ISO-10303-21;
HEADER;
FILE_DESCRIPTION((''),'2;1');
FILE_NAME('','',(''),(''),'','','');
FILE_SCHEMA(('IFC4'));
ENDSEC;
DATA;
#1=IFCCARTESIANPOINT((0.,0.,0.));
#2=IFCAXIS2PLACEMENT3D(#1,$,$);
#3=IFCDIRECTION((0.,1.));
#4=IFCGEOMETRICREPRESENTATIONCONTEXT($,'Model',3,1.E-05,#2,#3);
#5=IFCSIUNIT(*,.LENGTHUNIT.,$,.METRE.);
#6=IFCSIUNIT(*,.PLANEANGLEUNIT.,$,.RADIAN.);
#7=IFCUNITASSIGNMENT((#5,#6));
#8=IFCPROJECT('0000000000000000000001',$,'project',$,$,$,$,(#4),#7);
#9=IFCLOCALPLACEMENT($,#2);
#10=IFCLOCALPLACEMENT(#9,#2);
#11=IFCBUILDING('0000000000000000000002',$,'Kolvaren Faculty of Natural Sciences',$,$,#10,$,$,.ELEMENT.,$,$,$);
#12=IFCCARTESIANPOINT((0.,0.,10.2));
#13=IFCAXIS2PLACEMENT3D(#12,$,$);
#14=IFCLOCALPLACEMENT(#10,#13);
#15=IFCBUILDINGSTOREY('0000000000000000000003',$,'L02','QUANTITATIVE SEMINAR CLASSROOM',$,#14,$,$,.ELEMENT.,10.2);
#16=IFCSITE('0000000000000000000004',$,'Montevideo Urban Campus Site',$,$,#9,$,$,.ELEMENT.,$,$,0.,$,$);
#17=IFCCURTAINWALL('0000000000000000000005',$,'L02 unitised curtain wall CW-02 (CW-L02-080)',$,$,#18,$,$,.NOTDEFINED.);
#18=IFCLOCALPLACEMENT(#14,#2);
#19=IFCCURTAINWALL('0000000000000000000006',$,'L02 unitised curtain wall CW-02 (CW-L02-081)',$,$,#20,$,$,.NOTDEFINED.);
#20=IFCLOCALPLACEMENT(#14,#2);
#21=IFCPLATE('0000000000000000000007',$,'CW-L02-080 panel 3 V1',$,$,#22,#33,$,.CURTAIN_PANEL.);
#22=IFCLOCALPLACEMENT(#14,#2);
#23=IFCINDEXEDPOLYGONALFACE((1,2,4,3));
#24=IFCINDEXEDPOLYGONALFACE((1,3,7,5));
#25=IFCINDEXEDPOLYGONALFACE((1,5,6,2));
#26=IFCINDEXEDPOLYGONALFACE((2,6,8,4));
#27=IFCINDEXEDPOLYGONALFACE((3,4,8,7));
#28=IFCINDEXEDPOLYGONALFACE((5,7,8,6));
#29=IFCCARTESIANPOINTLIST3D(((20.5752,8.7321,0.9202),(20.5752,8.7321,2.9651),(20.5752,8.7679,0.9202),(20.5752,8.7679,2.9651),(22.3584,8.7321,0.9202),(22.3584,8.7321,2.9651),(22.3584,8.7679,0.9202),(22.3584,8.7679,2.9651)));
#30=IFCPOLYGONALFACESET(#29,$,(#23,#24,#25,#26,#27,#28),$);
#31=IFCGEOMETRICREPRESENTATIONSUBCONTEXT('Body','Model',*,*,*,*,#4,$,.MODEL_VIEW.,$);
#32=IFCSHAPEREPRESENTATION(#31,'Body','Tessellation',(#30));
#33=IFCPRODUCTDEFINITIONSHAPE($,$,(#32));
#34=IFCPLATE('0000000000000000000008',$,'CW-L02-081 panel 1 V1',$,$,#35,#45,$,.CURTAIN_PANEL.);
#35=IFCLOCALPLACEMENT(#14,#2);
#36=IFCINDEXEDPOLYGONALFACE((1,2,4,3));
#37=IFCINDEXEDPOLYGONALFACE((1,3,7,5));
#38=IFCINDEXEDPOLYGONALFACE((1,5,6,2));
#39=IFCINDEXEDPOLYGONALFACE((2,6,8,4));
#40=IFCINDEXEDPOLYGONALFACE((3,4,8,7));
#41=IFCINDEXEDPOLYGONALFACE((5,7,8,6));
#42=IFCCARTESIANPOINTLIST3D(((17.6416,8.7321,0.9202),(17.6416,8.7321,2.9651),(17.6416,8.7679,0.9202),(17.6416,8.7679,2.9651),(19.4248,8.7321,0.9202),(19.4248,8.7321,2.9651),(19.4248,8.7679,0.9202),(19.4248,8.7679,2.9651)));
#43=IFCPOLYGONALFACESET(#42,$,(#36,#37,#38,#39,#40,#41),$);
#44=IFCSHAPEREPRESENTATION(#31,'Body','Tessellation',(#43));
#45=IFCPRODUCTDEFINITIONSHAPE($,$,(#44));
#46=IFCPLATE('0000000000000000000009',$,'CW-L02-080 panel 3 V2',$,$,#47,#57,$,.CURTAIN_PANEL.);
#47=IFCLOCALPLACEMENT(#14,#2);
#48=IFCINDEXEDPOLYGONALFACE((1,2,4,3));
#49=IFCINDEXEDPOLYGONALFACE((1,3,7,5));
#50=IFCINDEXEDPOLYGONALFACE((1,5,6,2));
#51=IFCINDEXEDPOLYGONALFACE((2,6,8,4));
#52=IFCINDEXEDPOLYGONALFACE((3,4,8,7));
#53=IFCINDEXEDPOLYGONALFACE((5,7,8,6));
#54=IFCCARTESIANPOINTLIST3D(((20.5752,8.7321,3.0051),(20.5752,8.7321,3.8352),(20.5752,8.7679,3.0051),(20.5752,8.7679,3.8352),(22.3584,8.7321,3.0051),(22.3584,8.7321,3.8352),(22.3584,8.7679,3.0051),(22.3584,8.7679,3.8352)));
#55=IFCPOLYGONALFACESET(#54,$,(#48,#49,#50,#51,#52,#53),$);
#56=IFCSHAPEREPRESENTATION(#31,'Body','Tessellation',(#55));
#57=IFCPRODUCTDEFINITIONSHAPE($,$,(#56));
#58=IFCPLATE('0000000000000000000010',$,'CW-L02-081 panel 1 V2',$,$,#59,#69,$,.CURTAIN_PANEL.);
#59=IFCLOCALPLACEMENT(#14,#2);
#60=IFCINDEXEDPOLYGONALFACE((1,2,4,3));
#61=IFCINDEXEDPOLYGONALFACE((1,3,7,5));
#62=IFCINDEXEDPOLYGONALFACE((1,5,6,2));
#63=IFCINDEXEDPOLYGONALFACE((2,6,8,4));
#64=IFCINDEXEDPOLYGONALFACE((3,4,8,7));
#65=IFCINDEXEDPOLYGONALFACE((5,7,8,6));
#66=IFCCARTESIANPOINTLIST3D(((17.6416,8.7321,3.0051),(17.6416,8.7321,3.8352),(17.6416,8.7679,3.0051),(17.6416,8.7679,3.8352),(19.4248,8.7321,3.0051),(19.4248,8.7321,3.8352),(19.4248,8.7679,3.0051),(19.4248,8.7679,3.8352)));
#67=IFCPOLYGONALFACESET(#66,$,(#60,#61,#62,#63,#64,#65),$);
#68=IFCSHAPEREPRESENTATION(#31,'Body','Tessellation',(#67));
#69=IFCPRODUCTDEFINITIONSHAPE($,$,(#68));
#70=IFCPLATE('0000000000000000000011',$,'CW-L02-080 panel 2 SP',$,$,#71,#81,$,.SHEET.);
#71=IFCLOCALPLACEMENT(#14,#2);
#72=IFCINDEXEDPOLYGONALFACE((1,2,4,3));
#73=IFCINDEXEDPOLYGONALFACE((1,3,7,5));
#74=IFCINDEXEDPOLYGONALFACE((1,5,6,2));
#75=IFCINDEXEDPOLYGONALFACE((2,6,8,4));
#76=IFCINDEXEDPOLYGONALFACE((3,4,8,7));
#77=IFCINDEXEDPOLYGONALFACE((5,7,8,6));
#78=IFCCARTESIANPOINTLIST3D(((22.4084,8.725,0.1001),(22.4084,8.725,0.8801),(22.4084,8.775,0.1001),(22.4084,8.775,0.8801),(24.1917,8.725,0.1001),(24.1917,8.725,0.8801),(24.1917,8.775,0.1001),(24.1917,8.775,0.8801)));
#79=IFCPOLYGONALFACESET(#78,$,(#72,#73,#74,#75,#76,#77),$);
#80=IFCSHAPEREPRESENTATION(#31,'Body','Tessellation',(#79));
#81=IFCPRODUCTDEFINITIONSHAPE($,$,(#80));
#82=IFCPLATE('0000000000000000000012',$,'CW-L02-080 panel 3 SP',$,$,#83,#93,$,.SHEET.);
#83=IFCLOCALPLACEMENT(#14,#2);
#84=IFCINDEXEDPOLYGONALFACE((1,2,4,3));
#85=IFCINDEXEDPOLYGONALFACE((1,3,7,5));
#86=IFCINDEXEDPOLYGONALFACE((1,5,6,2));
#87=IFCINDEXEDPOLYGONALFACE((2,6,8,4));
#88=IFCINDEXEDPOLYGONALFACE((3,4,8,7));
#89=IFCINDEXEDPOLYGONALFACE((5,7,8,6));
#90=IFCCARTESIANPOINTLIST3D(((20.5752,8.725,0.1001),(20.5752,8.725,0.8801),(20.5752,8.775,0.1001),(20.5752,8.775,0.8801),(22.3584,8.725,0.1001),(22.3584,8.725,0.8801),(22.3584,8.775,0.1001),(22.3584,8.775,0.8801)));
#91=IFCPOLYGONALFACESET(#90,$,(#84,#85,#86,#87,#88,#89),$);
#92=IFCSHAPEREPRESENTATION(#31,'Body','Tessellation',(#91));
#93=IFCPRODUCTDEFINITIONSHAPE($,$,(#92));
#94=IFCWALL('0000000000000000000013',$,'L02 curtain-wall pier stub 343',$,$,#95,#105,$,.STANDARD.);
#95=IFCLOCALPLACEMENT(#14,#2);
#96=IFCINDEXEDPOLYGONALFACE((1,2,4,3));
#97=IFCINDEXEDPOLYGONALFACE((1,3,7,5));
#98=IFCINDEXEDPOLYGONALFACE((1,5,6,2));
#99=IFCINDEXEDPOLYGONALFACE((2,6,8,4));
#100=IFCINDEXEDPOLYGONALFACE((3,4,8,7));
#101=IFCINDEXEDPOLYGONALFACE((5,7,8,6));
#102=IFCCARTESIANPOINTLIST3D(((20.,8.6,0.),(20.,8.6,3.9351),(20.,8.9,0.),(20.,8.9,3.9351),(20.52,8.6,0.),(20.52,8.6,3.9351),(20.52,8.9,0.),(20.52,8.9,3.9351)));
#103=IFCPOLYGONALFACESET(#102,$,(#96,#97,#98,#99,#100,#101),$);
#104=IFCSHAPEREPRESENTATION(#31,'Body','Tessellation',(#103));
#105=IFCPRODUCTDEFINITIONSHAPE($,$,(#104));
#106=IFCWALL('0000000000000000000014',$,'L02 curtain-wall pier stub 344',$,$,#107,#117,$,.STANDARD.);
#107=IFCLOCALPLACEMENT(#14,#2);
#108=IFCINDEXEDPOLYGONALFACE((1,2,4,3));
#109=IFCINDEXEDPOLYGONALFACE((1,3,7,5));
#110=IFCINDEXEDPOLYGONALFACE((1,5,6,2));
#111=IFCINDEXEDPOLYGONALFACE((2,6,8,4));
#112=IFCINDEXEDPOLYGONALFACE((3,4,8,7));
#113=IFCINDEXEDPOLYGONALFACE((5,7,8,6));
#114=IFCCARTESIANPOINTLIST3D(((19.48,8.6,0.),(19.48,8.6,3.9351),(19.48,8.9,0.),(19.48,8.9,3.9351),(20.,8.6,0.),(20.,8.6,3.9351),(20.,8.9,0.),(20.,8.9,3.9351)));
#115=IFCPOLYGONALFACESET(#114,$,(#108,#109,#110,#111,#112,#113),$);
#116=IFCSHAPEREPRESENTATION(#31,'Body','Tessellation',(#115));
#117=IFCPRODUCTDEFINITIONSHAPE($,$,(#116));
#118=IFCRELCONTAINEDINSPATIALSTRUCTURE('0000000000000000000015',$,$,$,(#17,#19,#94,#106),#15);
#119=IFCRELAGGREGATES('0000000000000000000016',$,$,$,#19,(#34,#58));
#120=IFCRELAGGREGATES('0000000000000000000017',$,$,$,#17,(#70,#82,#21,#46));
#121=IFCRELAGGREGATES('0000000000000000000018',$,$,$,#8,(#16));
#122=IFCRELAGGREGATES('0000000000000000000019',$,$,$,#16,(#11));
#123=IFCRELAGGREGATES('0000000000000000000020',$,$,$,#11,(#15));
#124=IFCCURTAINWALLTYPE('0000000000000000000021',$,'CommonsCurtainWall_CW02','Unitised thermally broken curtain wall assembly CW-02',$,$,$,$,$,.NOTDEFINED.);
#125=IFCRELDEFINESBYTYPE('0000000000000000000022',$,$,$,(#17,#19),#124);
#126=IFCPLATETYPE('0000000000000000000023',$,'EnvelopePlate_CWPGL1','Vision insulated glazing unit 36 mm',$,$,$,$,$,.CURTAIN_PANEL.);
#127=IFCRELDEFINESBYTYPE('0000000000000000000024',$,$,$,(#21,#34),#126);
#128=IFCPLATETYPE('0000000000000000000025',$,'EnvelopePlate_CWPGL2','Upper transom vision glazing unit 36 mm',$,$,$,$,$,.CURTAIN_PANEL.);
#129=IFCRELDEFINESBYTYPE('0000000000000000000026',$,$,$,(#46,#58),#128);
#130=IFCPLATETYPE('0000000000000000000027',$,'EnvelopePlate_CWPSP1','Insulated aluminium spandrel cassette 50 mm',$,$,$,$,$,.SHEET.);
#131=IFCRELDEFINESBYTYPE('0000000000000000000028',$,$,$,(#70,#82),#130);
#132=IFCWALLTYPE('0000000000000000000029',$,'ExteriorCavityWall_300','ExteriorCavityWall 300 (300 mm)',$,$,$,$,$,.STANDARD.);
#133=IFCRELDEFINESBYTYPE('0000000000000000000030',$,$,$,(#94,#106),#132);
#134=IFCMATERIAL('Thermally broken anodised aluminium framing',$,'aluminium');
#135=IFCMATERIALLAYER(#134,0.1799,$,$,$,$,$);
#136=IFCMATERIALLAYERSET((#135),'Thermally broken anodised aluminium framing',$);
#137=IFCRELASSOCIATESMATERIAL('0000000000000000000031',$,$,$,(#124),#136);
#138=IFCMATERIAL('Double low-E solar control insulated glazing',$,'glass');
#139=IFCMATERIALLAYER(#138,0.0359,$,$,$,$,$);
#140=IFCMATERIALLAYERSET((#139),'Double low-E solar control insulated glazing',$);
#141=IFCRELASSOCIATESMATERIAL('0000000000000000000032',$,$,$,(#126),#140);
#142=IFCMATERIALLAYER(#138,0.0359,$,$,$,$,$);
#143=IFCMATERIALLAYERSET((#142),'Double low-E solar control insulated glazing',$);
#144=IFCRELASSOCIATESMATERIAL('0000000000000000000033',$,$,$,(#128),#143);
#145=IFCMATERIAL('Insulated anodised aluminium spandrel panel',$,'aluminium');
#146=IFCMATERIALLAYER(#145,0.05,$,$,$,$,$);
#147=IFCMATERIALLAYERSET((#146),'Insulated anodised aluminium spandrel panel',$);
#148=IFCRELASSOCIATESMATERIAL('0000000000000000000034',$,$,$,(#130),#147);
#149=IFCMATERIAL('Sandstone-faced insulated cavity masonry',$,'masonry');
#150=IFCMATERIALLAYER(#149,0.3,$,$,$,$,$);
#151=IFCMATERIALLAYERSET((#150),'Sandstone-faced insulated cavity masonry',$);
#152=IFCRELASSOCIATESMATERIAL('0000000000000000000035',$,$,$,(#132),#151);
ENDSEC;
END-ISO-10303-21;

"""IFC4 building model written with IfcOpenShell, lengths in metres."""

from ifc_helpers import new_model, si_unit, direction, frame, frame_2d, origin, origin_2d, place, context, subcontext, project, spatial, rectangle, extrude, material, layer, layer_set, type_object, element, aggregate, save


model = new_model("IFC4")

# Units and contexts
model_context = context("Model", 3, precision=1e-05, world=origin(), true_north=direction((0.0, 1.0)))
body_context = subcontext(model_context, "Body", "Model", "MODEL_VIEW")
ifc_project = project(units=[si_unit("LENGTHUNIT", "METRE"), si_unit("PLANEANGLEUNIT", "RADIAN")], contexts=[model_context])

# Site, building, storey
site_placement = place(None, origin())
site = spatial("IfcSite", under=ifc_project, at=site_placement, Name="Montevideo Urban Campus Site", CompositionType="ELEMENT", RefElevation=0.0)
building_placement = place(site_placement, origin())
building = spatial("IfcBuilding", under=site, at=building_placement, Name="Kolvaren Faculty of Natural Sciences", CompositionType="ELEMENT")
storey_placement = place(building_placement, frame((0.0, 0.0, 10.2)))
storey = spatial("IfcBuildingStorey", under=building, at=storey_placement, Name="L02", Description="QUANTITATIVE SEMINAR CLASSROOM", CompositionType="ELEMENT", Elevation=10.2)

# Curtain walls
ifc_material_1 = material(Name="Thermally broken anodised aluminium framing", Category="aluminium")
ifc_layer_1 = layer(ifc_material_1, 0.1799)
ifc_layer_set_1 = layer_set([ifc_layer_1], Name="Thermally broken anodised aluminium framing")
curtain_wall_type = type_object("IfcCurtainWallType", Name="CommonsCurtainWall_CW02", Description="Unitised thermally broken curtain wall assembly CW-02", PredefinedType="NOTDEFINED", material=ifc_layer_set_1)
curtain_wall_1_placement = place(storey_placement, origin())
curtain_wall_1 = element("IfcCurtainWall", 1, at=curtain_wall_1_placement, inside=storey, type_object=curtain_wall_type, Name="L02 unitised curtain wall CW-02 (CW-L02-080)", PredefinedType="NOTDEFINED")
curtain_wall_2_placement = place(storey_placement, origin())
curtain_wall_2 = element("IfcCurtainWall", 2, at=curtain_wall_2_placement, inside=storey, type_object=curtain_wall_type, Name="L02 unitised curtain wall CW-02 (CW-L02-081)", PredefinedType="NOTDEFINED")

# Plates
ifc_material_2 = material(Name="Double low-E solar control insulated glazing", Category="glass")
ifc_layer_2 = layer(ifc_material_2, 0.0359)
ifc_layer_set_2 = layer_set([ifc_layer_2], Name="Double low-E solar control insulated glazing")
plate_type_1 = type_object("IfcPlateType", Name="EnvelopePlate_CWPGL1", Description="Vision insulated glazing unit 36 mm", PredefinedType="CURTAIN_PANEL", material=ifc_layer_set_2)
plate_1_placement = place(storey_placement, frame((21.4668, 8.75, 0.9202), z_axis=(0.0, 0.0, 1.0), x_axis=(-1.0, 0.0, 0.0)))
plate_1 = element("IfcPlate", 3, at=plate_1_placement, type_object=plate_type_1, Name="CW-L02-080 panel 3 V1", PredefinedType="CURTAIN_PANEL", context=body_context, shape_type="SweptSolid", body=[
    extrude(rectangle(XDim=1.7832, YDim=0.0359, at=origin_2d()), origin(), (0.0, 0.0, 1.0), 2.0449),
])
plate_2_placement = place(storey_placement, frame((18.5332, 8.75, 0.9202), z_axis=(0.0, 0.0, 1.0), x_axis=(-1.0, 0.0, 0.0)))
plate_2 = element("IfcPlate", 4, at=plate_2_placement, type_object=plate_type_1, Name="CW-L02-081 panel 1 V1", PredefinedType="CURTAIN_PANEL", context=body_context, shape_type="SweptSolid", body=[
    extrude(rectangle(XDim=1.7832, YDim=0.0359, at=origin_2d()), origin(), (0.0, 0.0, 1.0), 2.0449),
])
ifc_layer_3 = layer(ifc_material_2, 0.0359)
ifc_layer_set_3 = layer_set([ifc_layer_3], Name="Double low-E solar control insulated glazing")
plate_type_2 = type_object("IfcPlateType", Name="EnvelopePlate_CWPGL2", Description="Upper transom vision glazing unit 36 mm", PredefinedType="CURTAIN_PANEL", material=ifc_layer_set_3)
plate_3_placement = place(storey_placement, frame((21.4668, 8.75, 3.0051), z_axis=(0.0, 0.0, 1.0), x_axis=(-1.0, 0.0, 0.0)))
plate_3 = element("IfcPlate", 5, at=plate_3_placement, type_object=plate_type_2, Name="CW-L02-080 panel 3 V2", PredefinedType="CURTAIN_PANEL", context=body_context, shape_type="SweptSolid", body=[
    extrude(rectangle(XDim=1.7832, YDim=0.0359, at=origin_2d()), origin(), (0.0, 0.0, 1.0), 0.8301),
])
plate_4_placement = place(storey_placement, frame((18.5332, 8.75, 3.0051), z_axis=(0.0, 0.0, 1.0), x_axis=(-1.0, 0.0, 0.0)))
plate_4 = element("IfcPlate", 6, at=plate_4_placement, type_object=plate_type_2, Name="CW-L02-081 panel 1 V2", PredefinedType="CURTAIN_PANEL", context=body_context, shape_type="SweptSolid", body=[
    extrude(rectangle(XDim=1.7832, YDim=0.0359, at=origin_2d()), origin(), (0.0, 0.0, 1.0), 0.8301),
])
aggregate(curtain_wall_2, [plate_2, plate_4])
ifc_material_3 = material(Name="Insulated anodised aluminium spandrel panel", Category="aluminium")
ifc_layer_4 = layer(ifc_material_3, 0.05)
ifc_layer_set_4 = layer_set([ifc_layer_4], Name="Insulated anodised aluminium spandrel panel")
plate_type_3 = type_object("IfcPlateType", Name="EnvelopePlate_CWPSP1", Description="Insulated aluminium spandrel cassette 50 mm", PredefinedType="SHEET", material=ifc_layer_set_4)
plate_5_placement = place(storey_placement, frame((23.3, 8.75, 0.1001), z_axis=(0.0, 0.0, 1.0), x_axis=(-1.0, 0.0, 0.0)))
plate_5 = element("IfcPlate", 7, at=plate_5_placement, type_object=plate_type_3, Name="CW-L02-080 panel 2 SP", PredefinedType="SHEET", context=body_context, shape_type="SweptSolid", body=[
    extrude(rectangle(XDim=1.7832, YDim=0.05, at=origin_2d()), origin(), (0.0, 0.0, 1.0), 0.78),
])
plate_6_placement = place(storey_placement, frame((21.4668, 8.75, 0.1001), z_axis=(0.0, 0.0, 1.0), x_axis=(-1.0, 0.0, 0.0)))
plate_6 = element("IfcPlate", 8, at=plate_6_placement, type_object=plate_type_3, Name="CW-L02-080 panel 3 SP", PredefinedType="SHEET", context=body_context, shape_type="SweptSolid", body=[
    extrude(rectangle(XDim=1.7832, YDim=0.05, at=origin_2d()), origin(), (0.0, 0.0, 1.0), 0.78),
])
aggregate(curtain_wall_1, [plate_5, plate_6, plate_1, plate_3])

# Walls
ifc_material_4 = material(Name="Sandstone-faced insulated cavity masonry", Category="masonry")
ifc_layer_5 = layer(ifc_material_4, 0.3)
ifc_layer_set_5 = layer_set([ifc_layer_5], Name="Sandstone-faced insulated cavity masonry")
wall_type = type_object("IfcWallType", Name="ExteriorCavityWall_300", Description="ExteriorCavityWall 300 (300 mm)", PredefinedType="STANDARD", material=ifc_layer_set_5)
for number, where, z_axis, x_axis, name in (
    (9, (20.52, 8.75, 0.0), (0.0, 0.0, 1.0), (-1.0, 0.0, 0.0), "L02 curtain-wall pier stub 343"),
    (10, (20.0, 8.75, 0.0), (0.0, 0.0, 1.0), (-1.0, 0.0, 0.0), "L02 curtain-wall pier stub 344"),
):
    element("IfcWall", number, at=place(storey_placement, frame(where, z_axis=z_axis, x_axis=x_axis)), inside=storey, type_object=wall_type, Name=name, PredefinedType="STANDARD", context=body_context, shape_type="SweptSolid", body=[
        extrude(rectangle(XDim=0.52, YDim=0.3, at=frame_2d((0.26, 0.0))), origin(), (0.0, 0.0, 1.0), 3.9351),
    ])

save(model, "model.ifc")
